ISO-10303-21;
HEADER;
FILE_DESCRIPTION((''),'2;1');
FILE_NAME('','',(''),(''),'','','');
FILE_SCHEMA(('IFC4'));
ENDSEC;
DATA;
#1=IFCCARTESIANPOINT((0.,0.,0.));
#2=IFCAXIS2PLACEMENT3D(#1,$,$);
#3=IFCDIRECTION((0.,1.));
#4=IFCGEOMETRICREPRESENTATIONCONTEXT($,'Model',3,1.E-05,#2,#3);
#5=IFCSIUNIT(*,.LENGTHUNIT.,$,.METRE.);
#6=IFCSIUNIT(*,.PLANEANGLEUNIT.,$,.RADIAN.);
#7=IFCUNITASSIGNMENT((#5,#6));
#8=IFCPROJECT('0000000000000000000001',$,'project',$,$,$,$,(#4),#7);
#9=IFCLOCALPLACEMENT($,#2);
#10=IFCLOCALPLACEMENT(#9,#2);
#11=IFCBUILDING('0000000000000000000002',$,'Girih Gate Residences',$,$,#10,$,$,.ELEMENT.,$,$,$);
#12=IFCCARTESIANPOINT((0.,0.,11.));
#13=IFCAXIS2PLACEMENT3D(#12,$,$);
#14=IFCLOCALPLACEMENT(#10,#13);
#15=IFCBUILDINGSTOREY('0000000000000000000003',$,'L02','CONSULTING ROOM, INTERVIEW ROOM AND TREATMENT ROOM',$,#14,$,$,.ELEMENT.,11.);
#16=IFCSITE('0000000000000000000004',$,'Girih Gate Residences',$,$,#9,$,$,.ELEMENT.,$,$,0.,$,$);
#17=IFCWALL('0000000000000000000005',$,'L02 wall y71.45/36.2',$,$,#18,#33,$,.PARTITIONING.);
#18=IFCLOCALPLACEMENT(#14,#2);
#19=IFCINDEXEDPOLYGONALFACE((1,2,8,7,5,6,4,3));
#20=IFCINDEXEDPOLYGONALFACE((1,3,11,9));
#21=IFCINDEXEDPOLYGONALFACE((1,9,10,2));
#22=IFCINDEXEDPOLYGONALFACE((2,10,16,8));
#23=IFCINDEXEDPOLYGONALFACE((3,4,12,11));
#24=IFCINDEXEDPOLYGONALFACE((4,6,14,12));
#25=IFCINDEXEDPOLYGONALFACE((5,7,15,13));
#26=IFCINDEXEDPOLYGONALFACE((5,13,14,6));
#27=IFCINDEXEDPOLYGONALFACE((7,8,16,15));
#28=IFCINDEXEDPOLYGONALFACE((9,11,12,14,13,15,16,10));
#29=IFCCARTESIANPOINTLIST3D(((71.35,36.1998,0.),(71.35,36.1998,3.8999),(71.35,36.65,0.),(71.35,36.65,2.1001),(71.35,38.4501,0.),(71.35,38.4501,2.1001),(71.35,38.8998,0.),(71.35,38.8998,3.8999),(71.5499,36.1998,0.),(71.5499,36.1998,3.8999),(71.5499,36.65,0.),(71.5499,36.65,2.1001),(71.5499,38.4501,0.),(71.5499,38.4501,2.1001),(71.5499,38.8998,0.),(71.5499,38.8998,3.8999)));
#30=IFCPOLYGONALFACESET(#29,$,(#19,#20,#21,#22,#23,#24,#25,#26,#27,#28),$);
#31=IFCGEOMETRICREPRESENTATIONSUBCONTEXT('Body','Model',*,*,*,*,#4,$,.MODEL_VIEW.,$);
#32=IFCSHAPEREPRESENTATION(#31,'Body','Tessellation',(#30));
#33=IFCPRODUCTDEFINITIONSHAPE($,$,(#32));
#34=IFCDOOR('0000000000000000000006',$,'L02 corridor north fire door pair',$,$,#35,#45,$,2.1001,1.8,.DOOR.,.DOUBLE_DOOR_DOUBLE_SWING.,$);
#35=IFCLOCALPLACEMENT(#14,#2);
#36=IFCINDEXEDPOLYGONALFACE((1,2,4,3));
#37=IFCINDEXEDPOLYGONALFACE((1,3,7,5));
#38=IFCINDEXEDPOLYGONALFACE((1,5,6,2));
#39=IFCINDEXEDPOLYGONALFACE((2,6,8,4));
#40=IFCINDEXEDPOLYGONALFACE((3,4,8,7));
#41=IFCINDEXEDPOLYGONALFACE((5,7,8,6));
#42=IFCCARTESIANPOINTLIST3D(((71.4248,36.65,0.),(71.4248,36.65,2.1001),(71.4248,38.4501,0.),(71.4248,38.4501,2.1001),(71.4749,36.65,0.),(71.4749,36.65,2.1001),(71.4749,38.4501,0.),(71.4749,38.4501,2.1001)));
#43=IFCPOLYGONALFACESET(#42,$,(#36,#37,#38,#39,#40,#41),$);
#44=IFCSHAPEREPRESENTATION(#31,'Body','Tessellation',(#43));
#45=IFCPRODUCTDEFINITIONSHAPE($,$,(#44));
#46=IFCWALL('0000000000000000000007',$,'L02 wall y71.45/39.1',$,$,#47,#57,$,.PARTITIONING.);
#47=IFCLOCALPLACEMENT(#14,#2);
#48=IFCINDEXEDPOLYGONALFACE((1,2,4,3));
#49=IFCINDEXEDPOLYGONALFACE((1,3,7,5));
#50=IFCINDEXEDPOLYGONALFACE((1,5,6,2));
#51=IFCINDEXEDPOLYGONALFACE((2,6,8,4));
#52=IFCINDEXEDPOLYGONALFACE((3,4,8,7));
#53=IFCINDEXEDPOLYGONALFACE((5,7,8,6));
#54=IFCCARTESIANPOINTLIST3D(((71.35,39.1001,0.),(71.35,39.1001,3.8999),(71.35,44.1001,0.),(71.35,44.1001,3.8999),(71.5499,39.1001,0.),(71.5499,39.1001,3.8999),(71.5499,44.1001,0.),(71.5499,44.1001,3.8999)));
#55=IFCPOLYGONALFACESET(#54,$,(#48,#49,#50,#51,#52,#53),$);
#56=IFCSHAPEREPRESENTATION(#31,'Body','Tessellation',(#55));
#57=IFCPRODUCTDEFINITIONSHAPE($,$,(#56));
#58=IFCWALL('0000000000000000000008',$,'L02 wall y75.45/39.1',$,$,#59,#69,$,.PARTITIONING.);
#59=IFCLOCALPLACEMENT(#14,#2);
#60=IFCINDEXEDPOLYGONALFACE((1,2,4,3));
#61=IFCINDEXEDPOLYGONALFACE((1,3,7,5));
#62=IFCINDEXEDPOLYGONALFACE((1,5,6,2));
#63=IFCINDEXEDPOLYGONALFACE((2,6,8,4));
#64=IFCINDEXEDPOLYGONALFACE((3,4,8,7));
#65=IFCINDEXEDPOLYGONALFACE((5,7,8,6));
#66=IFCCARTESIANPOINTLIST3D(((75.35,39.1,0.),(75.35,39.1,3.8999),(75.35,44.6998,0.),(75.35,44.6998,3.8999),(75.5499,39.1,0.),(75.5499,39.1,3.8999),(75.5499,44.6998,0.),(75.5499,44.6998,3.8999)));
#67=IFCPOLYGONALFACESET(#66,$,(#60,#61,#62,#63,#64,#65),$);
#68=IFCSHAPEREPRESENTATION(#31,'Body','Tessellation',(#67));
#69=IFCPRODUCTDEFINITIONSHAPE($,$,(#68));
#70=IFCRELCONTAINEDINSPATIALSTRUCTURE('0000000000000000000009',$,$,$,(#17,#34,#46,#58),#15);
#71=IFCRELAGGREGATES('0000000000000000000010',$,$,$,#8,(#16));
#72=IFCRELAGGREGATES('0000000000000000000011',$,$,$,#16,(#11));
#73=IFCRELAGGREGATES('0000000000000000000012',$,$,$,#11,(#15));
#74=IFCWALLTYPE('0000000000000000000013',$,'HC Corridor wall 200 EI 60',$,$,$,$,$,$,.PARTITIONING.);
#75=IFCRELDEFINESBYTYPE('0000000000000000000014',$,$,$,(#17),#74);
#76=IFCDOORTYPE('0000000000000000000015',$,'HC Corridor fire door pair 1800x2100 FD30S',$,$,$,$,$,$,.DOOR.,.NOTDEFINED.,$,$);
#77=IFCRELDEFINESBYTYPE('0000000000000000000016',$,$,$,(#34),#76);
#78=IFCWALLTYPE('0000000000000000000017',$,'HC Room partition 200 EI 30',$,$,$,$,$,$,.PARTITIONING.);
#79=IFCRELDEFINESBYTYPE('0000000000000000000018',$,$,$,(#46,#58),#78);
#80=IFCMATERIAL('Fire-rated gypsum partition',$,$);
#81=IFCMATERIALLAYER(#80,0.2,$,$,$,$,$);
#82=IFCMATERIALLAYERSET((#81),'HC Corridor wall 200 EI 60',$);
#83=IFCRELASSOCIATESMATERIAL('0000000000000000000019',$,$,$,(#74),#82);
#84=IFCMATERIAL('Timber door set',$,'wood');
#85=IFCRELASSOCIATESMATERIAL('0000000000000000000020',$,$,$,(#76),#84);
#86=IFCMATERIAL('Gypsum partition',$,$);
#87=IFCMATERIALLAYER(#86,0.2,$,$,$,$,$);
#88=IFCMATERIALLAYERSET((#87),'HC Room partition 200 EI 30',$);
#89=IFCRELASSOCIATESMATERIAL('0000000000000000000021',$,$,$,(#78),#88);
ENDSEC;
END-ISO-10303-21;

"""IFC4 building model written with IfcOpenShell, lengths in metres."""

from ifc_helpers import new_model, si_unit, direction, frame, frame_2d, origin, place, context, subcontext, project, spatial, rectangle, extrude, material, layer, layer_set, type_object, element, fill, save


model = new_model("IFC4")

# Units and contexts
model_context = context("Model", 3, precision=1e-05, world=origin(), true_north=direction((0.0, 1.0)))
body_context = subcontext(model_context, "Body", "Model", "MODEL_VIEW")
ifc_project = project(units=[si_unit("LENGTHUNIT", "METRE"), si_unit("PLANEANGLEUNIT", "RADIAN")], contexts=[model_context])

# Site, building, storey
site_placement = place(None, origin())
site = spatial("IfcSite", under=ifc_project, at=site_placement, Name="Girih Gate Residences", CompositionType="ELEMENT", RefElevation=0.0)
building_placement = place(site_placement, origin())
building = spatial("IfcBuilding", under=site, at=building_placement, Name="Girih Gate Residences", CompositionType="ELEMENT")
storey_placement = place(building_placement, frame((0.0, 0.0, 11.0)))
storey = spatial("IfcBuildingStorey", under=building, at=storey_placement, Name="L02", Description="CONSULTING ROOM, INTERVIEW ROOM AND TREATMENT ROOM", CompositionType="ELEMENT", Elevation=11.0)

# Shared definitions
ifc_material_1 = material(Name="Fire-rated gypsum partition")
ifc_layer_1 = layer(ifc_material_1, 0.2)
ifc_layer_set_1 = layer_set([ifc_layer_1], Name="HC Corridor wall 200 EI 60")
wall_type_1 = type_object("IfcWallType", Name="HC Corridor wall 200 EI 60", PredefinedType="PARTITIONING", material=ifc_layer_set_1)

# Shared definitions
ifc_material_2 = material(Name="Timber door set", Category="wood")

# Wall, opening, door
wall_1_placement = place(storey_placement, frame((71.45, 38.8999, 0.0), z_axis=(0.0, 0.0, 1.0), x_axis=(0.0, -1.0, 0.0)))
wall_1 = element("IfcWall", 1, at=wall_1_placement, inside=storey, type_object=wall_type_1, Name="L02 wall y71.45/36.2", PredefinedType="PARTITIONING", context=body_context, shape_type="SweptSolid", body=[
    extrude(rectangle(XDim=2.7, YDim=0.2, at=frame_2d((1.3501, 0.0))), origin(), (0.0, 0.0, 1.0), 3.8999),
])
opening_1_placement = place(wall_1_placement, frame((0.45, 0.0, 0.0)))
opening_1 = element("IfcOpeningElement", 2, at=opening_1_placement, cuts=wall_1, PredefinedType="OPENING", context=body_context, shape_type="SweptSolid", body=[
    extrude(rectangle(XDim=1.8, YDim=2.1001, at=frame_2d((0.8999, 1.05))), frame((0.0, 0.1099, 0.0), z_axis=(0.0, -1.0, 0.0), x_axis=(1.0, 0.0, 0.0)), (0.0, 0.0, 1.0), 0.22),
])
door_type_1 = type_object("IfcDoorType", Name="HC Corridor fire door pair 1800x2100 FD30S", OperationType="NOTDEFINED", PredefinedType="DOOR", material=ifc_material_2)
door_1_placement = place(opening_1_placement, origin())
door_1 = element("IfcDoor", 3, at=door_1_placement, inside=storey, type_object=door_type_1, Name="L02 corridor north fire door pair", OperationType="DOUBLE_DOOR_DOUBLE_SWING", OverallHeight=2.1001, OverallWidth=1.8, PredefinedType="DOOR", context=body_context, shape_type="SweptSolid", body=[
    extrude(rectangle(XDim=1.8, YDim=2.1001, at=frame_2d((0.8999, 1.05))), frame((0.0, 0.0249, 0.0), z_axis=(0.0, -1.0, 0.0), x_axis=(1.0, 0.0, 0.0)), (0.0, 0.0, 1.0), 0.05),
])
fill(opening_1, door_1)

# Walls
ifc_material_3 = material(Name="Gypsum partition")
ifc_layer_2 = layer(ifc_material_3, 0.2)
ifc_layer_set_2 = layer_set([ifc_layer_2], Name="HC Room partition 200 EI 30")
wall_type_2 = type_object("IfcWallType", Name="HC Room partition 200 EI 30", PredefinedType="PARTITIONING", material=ifc_layer_set_2)
wall_2_placement = place(storey_placement, frame((71.45, 39.1001, 0.0), z_axis=(0.0, 0.0, 1.0), x_axis=(0.0, 1.0, 0.0)))
element("IfcWall", 4, at=wall_2_placement, inside=storey, type_object=wall_type_2, Name="L02 wall y71.45/39.1", PredefinedType="PARTITIONING", context=body_context, shape_type="SweptSolid", body=[
    extrude(rectangle(XDim=5.0, YDim=0.2, at=frame_2d((2.5, 0.0))), origin(), (0.0, 0.0, 1.0), 3.8999),
])
wall_3_placement = place(storey_placement, frame((75.45, 39.1001, 0.0), z_axis=(0.0, 0.0, 1.0), x_axis=(0.0, 1.0, 0.0)))
element("IfcWall", 5, at=wall_3_placement, inside=storey, type_object=wall_type_2, Name="L02 wall y75.45/39.1", PredefinedType="PARTITIONING", context=body_context, shape_type="SweptSolid", body=[
    extrude(rectangle(XDim=5.5999, YDim=0.2, at=frame_2d((2.7998, 0.0))), origin(), (0.0, 0.0, 1.0), 3.8999),
])

save(model, "model.ifc")
